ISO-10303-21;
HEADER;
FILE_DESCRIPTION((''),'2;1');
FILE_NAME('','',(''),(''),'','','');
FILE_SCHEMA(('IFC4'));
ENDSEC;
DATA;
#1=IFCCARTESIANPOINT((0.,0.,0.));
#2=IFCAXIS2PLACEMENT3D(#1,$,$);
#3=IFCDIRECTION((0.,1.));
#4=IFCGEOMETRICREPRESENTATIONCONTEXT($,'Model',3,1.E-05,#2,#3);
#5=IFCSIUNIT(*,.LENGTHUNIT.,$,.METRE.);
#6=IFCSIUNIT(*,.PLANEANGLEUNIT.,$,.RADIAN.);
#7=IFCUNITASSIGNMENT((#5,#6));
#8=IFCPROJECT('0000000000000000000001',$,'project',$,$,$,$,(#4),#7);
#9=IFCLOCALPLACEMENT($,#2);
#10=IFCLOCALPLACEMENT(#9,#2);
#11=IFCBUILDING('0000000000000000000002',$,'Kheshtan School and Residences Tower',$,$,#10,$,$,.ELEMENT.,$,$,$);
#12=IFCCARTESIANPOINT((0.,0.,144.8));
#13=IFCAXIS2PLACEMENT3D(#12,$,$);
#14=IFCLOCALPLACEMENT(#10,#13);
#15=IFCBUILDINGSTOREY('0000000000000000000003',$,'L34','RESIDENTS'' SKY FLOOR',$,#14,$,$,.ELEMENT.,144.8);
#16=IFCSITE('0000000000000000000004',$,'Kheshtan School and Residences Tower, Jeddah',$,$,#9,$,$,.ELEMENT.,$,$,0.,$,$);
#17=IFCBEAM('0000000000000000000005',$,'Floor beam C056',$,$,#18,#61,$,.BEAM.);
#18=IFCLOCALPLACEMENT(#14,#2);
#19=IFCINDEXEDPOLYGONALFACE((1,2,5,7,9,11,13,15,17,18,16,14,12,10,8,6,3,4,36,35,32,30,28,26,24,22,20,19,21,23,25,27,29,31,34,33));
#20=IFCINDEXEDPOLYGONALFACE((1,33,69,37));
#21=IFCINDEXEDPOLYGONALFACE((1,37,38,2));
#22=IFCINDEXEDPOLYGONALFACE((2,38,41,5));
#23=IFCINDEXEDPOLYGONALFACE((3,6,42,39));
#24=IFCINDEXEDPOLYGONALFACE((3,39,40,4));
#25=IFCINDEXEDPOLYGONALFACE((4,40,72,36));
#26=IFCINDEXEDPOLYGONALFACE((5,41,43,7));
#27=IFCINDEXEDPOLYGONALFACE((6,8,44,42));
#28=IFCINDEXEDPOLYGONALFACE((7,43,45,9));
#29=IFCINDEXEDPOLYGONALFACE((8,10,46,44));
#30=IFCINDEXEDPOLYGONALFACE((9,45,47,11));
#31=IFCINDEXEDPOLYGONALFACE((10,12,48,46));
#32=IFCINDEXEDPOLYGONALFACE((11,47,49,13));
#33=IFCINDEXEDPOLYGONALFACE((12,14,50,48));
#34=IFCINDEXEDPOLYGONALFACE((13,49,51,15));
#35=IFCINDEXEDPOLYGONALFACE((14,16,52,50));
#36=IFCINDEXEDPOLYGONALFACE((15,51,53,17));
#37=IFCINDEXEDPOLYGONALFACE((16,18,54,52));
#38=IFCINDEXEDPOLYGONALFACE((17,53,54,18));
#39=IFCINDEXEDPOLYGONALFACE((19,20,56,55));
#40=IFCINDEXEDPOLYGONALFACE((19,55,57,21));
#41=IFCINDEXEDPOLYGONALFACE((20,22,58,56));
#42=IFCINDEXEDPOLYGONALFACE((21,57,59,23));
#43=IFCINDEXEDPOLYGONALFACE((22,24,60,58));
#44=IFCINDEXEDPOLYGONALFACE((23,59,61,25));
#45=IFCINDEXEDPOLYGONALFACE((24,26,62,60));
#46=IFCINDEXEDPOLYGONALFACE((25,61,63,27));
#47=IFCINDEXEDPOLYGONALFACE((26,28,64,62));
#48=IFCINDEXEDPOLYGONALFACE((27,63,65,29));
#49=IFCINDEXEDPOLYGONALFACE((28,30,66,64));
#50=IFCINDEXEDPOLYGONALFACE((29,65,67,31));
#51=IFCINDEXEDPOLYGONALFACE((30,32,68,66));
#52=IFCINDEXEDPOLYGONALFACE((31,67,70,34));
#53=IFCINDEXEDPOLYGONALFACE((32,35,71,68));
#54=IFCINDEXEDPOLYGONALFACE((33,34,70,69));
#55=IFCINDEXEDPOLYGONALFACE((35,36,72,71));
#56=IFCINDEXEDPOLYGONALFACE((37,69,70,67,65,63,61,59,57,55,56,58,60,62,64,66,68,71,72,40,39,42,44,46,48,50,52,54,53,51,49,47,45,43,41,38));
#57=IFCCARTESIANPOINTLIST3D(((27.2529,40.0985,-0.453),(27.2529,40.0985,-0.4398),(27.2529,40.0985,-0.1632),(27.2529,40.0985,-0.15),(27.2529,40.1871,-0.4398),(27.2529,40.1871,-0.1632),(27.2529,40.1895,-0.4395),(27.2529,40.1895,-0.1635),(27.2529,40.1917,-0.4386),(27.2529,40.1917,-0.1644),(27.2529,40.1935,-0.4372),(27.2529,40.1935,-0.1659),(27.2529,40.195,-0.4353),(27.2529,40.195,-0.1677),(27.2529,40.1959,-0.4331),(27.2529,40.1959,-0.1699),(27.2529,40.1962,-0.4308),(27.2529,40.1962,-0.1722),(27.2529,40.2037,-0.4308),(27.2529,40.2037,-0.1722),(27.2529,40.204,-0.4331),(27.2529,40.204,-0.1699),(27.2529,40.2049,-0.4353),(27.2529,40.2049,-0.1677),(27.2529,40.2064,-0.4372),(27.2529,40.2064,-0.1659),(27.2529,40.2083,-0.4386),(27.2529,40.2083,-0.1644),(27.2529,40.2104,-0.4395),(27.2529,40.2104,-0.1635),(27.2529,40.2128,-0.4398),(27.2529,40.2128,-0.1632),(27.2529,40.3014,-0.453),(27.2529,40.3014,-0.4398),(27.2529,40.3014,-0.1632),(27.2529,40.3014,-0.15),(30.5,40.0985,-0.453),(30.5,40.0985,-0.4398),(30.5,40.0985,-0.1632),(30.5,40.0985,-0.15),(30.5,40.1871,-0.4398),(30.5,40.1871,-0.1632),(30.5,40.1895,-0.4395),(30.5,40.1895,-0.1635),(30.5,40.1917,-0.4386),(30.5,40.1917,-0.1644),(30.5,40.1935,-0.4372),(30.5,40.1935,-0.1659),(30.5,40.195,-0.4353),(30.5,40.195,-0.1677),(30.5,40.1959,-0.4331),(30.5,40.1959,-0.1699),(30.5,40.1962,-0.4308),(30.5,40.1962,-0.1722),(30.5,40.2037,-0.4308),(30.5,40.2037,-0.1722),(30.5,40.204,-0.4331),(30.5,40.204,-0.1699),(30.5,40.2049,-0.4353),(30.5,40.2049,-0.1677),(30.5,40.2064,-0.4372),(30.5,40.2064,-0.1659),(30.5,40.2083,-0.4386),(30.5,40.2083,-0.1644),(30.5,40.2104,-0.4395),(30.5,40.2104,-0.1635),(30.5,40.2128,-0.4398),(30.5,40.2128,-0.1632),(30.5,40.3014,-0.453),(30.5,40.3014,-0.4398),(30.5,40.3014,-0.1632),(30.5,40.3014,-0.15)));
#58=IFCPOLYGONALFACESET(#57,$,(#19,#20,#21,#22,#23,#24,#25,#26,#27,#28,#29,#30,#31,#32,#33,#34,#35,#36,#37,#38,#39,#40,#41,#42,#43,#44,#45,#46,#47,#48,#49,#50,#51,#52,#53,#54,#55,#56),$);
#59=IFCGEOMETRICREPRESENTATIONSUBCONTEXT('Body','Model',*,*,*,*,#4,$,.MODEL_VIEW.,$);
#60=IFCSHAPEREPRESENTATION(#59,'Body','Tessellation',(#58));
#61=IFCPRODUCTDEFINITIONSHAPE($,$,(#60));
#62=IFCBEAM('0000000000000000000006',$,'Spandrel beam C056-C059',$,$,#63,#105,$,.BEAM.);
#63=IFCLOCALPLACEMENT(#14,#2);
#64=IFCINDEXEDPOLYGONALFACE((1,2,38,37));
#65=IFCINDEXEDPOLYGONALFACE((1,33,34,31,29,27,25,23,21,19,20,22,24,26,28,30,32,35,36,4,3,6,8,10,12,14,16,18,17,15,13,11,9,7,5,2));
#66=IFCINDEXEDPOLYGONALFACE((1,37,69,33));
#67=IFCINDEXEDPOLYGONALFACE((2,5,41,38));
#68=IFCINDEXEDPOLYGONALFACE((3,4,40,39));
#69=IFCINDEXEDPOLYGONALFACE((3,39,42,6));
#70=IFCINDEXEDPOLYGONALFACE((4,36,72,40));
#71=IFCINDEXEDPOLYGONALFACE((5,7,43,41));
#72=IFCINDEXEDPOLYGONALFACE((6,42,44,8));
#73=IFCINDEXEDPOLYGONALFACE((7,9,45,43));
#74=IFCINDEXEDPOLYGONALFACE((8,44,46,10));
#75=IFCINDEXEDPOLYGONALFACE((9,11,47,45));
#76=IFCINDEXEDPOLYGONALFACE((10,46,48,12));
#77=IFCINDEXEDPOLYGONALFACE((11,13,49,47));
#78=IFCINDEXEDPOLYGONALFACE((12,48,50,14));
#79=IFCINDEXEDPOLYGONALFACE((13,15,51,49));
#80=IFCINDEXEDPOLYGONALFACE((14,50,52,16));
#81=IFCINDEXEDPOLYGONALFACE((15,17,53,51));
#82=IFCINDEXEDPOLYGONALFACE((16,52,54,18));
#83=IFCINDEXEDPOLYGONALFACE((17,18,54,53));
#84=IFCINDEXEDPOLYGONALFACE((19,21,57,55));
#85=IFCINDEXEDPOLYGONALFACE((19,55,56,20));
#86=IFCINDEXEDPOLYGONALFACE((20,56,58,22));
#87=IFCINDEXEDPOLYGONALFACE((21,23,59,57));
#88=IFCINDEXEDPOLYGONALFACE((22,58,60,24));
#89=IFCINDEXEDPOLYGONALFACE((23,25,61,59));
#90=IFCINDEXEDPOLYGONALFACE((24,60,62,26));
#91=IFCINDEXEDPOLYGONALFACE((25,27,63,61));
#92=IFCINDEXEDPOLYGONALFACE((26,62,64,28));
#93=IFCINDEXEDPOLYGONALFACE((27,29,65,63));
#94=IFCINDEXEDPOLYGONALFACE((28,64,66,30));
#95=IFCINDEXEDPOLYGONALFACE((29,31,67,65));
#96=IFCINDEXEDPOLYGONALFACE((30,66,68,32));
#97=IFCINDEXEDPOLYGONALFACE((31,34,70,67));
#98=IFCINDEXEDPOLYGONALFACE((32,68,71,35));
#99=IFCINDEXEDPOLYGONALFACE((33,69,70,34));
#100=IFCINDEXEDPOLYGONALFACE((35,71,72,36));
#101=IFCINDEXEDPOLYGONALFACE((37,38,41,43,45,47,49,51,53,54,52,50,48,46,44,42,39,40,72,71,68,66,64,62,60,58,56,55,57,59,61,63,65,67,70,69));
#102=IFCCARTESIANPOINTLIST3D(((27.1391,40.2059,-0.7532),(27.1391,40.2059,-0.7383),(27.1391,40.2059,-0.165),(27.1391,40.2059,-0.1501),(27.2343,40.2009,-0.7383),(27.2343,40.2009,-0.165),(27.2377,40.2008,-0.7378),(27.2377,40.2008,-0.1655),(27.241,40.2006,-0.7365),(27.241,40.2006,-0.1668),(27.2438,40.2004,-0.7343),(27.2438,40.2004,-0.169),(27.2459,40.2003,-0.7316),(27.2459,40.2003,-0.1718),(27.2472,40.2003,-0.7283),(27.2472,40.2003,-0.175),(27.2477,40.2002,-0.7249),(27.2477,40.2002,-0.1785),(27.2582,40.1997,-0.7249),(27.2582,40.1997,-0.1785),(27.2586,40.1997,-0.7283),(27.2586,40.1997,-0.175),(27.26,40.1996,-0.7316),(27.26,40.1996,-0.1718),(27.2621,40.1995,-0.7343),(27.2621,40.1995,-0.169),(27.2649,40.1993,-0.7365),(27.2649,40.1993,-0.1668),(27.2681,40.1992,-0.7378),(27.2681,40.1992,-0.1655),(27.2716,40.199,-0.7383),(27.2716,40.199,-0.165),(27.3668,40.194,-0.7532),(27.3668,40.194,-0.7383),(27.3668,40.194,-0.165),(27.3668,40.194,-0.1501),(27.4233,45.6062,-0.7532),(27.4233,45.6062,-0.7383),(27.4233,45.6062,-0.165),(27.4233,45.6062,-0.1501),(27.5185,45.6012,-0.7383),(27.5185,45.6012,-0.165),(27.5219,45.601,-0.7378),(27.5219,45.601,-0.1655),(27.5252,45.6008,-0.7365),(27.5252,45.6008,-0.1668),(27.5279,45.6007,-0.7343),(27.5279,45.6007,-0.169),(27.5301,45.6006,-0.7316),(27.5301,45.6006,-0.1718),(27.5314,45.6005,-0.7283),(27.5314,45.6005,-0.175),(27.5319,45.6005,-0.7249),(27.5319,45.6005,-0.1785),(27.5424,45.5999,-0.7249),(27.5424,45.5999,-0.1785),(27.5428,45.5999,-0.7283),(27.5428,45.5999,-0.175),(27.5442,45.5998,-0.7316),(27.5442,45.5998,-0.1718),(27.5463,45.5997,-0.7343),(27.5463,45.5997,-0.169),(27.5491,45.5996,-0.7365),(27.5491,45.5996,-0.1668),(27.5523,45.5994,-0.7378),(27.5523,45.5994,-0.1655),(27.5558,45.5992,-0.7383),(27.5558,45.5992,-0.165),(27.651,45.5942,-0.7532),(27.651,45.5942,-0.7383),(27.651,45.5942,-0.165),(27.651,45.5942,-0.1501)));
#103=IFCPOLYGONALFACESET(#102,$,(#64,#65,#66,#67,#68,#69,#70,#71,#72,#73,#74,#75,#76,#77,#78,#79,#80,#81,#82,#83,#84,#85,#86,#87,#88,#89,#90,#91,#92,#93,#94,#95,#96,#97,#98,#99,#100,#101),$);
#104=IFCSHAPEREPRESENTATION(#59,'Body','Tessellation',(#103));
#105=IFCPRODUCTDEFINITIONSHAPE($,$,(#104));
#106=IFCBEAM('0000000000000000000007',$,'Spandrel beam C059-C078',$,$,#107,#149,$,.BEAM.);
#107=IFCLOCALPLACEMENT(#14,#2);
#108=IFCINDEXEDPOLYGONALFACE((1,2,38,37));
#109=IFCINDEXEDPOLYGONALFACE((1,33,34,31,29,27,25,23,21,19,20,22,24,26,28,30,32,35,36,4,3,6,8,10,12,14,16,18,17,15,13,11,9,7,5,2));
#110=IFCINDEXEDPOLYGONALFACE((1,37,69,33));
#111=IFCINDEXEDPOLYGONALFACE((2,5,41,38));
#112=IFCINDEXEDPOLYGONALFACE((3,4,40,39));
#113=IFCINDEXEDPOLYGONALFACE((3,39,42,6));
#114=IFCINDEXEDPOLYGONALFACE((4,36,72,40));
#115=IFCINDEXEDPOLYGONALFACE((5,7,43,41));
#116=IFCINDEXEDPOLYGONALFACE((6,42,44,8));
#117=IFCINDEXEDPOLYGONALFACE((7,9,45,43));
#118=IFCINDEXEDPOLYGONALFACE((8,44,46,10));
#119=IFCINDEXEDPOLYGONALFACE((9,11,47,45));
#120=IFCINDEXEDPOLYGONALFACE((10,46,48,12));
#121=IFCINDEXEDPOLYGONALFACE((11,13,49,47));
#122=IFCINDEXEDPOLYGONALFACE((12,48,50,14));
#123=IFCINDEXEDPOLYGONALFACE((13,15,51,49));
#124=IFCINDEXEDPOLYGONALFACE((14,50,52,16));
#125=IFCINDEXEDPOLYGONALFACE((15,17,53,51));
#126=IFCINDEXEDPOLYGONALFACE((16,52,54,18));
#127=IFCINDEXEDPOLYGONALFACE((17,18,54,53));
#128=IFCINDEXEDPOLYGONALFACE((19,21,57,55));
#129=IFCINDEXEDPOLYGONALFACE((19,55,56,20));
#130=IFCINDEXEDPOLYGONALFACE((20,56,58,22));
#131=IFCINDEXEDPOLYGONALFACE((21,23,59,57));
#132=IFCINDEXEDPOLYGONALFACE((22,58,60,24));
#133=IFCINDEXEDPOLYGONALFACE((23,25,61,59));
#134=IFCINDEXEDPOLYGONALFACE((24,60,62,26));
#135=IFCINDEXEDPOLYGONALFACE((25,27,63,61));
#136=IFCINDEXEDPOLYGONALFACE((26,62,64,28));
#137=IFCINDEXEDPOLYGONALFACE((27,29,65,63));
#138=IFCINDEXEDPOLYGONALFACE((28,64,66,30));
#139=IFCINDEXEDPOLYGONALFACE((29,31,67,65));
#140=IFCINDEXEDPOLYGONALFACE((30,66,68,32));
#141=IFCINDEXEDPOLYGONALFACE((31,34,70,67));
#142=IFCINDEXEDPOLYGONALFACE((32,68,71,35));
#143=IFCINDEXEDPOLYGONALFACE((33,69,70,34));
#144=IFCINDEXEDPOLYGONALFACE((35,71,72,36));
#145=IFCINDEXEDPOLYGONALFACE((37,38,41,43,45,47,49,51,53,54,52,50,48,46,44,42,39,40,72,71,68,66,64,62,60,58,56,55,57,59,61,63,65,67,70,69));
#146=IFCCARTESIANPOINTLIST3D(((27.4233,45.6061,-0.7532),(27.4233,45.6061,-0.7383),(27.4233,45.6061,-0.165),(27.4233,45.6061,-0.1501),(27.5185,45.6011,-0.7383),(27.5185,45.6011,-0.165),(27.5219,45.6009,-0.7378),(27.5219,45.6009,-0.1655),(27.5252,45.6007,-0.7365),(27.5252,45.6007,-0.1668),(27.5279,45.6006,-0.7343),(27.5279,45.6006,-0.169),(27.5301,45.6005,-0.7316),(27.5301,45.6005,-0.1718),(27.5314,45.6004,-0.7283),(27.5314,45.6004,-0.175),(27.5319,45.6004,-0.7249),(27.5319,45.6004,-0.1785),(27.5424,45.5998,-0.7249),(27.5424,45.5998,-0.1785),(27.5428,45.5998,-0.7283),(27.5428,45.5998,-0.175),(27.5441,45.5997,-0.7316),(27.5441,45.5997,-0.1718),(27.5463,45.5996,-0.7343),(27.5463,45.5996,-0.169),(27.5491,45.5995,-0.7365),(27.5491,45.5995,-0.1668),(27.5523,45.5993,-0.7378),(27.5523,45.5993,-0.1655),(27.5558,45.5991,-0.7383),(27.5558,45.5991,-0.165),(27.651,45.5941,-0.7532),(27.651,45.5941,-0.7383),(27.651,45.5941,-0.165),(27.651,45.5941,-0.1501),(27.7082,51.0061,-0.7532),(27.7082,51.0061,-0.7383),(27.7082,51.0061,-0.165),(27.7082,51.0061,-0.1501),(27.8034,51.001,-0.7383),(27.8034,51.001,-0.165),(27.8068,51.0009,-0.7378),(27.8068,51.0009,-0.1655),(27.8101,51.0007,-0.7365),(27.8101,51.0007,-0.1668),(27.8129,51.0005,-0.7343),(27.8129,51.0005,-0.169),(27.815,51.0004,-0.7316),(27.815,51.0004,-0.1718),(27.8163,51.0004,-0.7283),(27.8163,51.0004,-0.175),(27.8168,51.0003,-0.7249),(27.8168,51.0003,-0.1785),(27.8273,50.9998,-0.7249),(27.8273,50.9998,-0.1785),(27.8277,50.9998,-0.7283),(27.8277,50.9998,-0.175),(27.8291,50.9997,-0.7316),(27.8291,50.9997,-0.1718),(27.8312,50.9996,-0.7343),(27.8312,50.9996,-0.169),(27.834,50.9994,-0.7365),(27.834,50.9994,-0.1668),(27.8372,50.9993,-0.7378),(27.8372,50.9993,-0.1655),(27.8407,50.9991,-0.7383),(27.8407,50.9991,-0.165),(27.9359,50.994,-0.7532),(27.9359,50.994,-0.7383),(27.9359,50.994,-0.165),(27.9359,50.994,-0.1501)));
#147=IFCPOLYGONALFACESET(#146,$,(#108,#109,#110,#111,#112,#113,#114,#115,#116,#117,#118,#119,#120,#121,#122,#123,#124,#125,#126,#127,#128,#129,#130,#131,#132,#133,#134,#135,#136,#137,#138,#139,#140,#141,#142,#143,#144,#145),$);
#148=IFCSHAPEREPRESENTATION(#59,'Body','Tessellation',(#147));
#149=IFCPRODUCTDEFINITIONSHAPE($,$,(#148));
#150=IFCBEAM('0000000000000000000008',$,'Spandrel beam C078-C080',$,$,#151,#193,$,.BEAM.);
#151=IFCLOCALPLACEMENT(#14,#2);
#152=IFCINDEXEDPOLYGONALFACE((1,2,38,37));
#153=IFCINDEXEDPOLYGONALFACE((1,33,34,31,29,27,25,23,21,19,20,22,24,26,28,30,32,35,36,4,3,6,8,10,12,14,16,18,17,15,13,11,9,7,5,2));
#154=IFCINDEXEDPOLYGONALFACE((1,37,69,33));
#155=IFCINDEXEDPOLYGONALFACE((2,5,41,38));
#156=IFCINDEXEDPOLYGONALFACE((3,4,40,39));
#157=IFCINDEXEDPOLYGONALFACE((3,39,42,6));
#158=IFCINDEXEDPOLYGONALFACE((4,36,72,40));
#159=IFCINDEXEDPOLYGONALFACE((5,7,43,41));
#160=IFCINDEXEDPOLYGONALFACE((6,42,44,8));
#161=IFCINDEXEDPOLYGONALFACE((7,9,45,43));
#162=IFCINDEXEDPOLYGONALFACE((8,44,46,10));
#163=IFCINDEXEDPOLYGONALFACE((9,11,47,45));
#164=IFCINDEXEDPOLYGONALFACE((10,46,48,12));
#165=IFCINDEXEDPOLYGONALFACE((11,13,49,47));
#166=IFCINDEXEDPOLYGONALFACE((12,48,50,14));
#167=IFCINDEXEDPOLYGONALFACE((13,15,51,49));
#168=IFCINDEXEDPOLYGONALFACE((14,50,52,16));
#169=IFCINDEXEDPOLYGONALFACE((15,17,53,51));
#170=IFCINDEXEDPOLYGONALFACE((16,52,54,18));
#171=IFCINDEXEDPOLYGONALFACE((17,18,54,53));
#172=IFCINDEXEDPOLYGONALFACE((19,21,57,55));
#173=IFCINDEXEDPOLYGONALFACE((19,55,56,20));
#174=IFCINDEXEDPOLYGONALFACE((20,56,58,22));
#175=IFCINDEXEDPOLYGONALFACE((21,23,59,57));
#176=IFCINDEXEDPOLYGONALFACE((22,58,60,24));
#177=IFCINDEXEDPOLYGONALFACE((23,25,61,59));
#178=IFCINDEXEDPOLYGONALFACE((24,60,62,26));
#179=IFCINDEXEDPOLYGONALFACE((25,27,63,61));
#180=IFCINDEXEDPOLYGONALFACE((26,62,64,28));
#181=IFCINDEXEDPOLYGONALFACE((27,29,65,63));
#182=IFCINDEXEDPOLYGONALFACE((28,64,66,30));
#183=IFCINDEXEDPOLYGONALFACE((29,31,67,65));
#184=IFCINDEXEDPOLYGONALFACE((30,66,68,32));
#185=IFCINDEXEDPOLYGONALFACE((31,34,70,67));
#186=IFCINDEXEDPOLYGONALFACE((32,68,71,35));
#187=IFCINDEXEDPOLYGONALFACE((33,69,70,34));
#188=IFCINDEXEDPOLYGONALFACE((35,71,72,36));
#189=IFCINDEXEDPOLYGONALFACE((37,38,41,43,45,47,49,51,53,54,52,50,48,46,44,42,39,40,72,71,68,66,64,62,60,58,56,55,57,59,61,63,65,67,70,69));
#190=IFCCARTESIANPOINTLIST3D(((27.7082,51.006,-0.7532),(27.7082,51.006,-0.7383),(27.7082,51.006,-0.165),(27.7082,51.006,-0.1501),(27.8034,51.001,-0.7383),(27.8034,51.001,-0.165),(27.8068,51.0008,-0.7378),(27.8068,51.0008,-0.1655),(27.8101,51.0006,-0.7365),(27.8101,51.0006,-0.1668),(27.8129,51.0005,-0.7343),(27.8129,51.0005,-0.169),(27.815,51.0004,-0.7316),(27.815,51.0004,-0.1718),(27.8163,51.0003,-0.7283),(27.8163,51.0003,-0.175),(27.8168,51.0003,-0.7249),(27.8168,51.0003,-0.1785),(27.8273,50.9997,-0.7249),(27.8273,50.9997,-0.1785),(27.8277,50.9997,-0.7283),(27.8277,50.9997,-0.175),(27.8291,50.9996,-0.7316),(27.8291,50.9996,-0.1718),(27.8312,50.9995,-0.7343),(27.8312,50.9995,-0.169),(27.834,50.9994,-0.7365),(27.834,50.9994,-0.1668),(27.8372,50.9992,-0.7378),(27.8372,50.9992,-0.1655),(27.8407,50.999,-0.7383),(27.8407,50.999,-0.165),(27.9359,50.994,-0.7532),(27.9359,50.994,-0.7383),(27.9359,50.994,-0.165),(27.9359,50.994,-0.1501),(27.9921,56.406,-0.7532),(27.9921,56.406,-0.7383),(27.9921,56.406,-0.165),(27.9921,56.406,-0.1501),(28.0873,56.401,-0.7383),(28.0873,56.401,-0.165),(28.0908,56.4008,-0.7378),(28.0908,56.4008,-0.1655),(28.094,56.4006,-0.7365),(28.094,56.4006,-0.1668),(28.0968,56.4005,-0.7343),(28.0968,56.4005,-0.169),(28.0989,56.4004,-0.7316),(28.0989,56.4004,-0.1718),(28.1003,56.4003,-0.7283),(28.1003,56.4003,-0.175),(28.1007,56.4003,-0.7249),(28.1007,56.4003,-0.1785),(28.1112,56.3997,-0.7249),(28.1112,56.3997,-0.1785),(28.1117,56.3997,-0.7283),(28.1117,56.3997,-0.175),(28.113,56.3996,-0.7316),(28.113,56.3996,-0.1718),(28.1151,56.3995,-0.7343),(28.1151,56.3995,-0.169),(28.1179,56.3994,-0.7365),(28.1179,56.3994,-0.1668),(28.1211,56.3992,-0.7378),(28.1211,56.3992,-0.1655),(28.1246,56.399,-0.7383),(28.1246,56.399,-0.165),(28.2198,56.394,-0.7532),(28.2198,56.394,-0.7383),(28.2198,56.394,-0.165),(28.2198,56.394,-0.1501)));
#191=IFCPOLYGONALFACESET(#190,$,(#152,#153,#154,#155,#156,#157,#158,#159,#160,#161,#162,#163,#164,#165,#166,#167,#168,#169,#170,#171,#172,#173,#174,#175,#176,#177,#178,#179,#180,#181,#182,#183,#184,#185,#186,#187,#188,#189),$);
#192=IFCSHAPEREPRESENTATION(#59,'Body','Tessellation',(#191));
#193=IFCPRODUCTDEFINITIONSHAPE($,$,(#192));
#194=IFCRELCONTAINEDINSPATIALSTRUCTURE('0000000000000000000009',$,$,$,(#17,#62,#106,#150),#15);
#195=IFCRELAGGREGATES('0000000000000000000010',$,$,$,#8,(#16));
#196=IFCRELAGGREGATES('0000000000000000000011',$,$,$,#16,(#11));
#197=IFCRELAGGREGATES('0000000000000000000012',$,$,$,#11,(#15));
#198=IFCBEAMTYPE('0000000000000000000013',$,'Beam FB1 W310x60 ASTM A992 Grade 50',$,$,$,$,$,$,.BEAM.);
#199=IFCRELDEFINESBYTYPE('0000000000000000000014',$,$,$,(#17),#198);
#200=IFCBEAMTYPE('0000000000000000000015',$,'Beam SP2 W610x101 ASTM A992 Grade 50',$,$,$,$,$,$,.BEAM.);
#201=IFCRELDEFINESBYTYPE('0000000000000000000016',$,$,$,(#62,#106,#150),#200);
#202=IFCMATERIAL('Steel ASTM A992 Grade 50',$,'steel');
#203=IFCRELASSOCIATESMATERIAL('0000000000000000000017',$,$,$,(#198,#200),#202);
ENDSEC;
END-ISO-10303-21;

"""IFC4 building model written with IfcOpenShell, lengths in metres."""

from ifc_helpers import new_model, si_unit, direction, frame, origin, origin_2d, place, context, subcontext, project, spatial, i_section, extrude, material, material_profile, profile_set, type_object, element, save


model = new_model("IFC4")

# Units and contexts
model_context = context("Model", 3, precision=1e-05, world=origin(), true_north=direction((0.0, 1.0)))
body_context = subcontext(model_context, "Body", "Model", "MODEL_VIEW")
ifc_project = project(units=[si_unit("LENGTHUNIT", "METRE"), si_unit("PLANEANGLEUNIT", "RADIAN")], contexts=[model_context])

# Site, building, storey
site_placement = place(None, origin())
site = spatial("IfcSite", under=ifc_project, at=site_placement, Name="Kheshtan School and Residences Tower, Jeddah", CompositionType="ELEMENT", RefElevation=0.0)
building_placement = place(site_placement, origin())
building = spatial("IfcBuilding", under=site, at=building_placement, Name="Kheshtan School and Residences Tower", CompositionType="ELEMENT")
storey_placement = place(building_placement, frame((0.0, 0.0, 144.8)))
storey = spatial("IfcBuildingStorey", under=building, at=storey_placement, Name="L34", Description="RESIDENTS' SKY FLOOR", CompositionType="ELEMENT", Elevation=144.8)

# Shared definitions
ifc_material_1 = material(Name="Steel ASTM A992 Grade 50", Category="steel")

# Beams
ifc_material_profile_1 = material_profile(ifc_material_1, i_section(OverallWidth=0.2029, OverallDepth=0.303, WebThickness=0.0076, FlangeThickness=0.0132, FilletRadius=0.009, at=origin_2d()), Name="W310x60")
ifc_profile_set_1 = profile_set([ifc_material_profile_1], Name="Steel ASTM A992 Grade 50")
beam_type_1 = type_object("IfcBeamType", Name="Beam FB1 W310x60 ASTM A992 Grade 50", PredefinedType="BEAM", material=ifc_profile_set_1)
beam_1_placement = place(storey_placement, frame((27.2529, 40.2, -0.3015), z_axis=(1.0, 0.0, 0.0), x_axis=(0.0, 1.0, 0.0)))
element("IfcBeam", 1, at=beam_1_placement, inside=storey, type_object=beam_type_1, Name="Floor beam C056", PredefinedType="BEAM", context=body_context, shape_type="SweptSolid", body=[
    extrude(i_section(OverallWidth=0.2029, OverallDepth=0.303, WebThickness=0.0076, FlangeThickness=0.0132, FilletRadius=0.009, at=origin_2d()), origin(), (0.0, 0.0, 1.0), 3.2471),
])
ifc_material_profile_2 = material_profile(ifc_material_1, i_section(OverallWidth=0.228, OverallDepth=0.603, WebThickness=0.0105, FlangeThickness=0.0149, FilletRadius=0.0134, at=origin_2d()), Name="W610x101")
ifc_profile_set_2 = profile_set([ifc_material_profile_2], Name="Steel ASTM A992 Grade 50")
beam_type_2 = type_object("IfcBeamType", Name="Beam SP2 W610x101 ASTM A992 Grade 50", PredefinedType="BEAM", material=ifc_profile_set_2)
beam_2_placement = place(storey_placement, frame((27.2529, 40.2, -0.4517), z_axis=(0.052552, 0.998618, 0.0), x_axis=(-0.998618, 0.052552, 0.0)))
element("IfcBeam", 2, at=beam_2_placement, inside=storey, type_object=beam_type_2, Name="Spandrel beam C056-C059", PredefinedType="BEAM", context=body_context, shape_type="SweptSolid", body=[
    extrude(i_section(OverallWidth=0.228, OverallDepth=0.603, WebThickness=0.0105, FlangeThickness=0.0149, FilletRadius=0.0134, at=origin_2d()), origin(), (0.0, 0.0, 1.0), 5.4077),
])
for number, where, z_axis, x_axis, name in (
    (3, (27.5371, 45.6001, -0.4517), (0.052689, 0.998611, 0.0), (-0.998611, 0.052689, 0.0), "Spandrel beam C059-C078"),
    (4, (27.822, 51.0, -0.4517), (0.052509, 0.99862, 0.0), (-0.99862, 0.052509, 0.0), "Spandrel beam C078-C080"),
):
    element("IfcBeam", number, at=place(storey_placement, frame(where, z_axis=z_axis, x_axis=x_axis)), inside=storey, type_object=beam_type_2, Name=name, PredefinedType="BEAM", context=body_context, shape_type="SweptSolid", body=[
        extrude(i_section(OverallWidth=0.228, OverallDepth=0.603, WebThickness=0.0105, FlangeThickness=0.0149, FilletRadius=0.0134, at=origin_2d()), origin(), (0.0, 0.0, 1.0), 5.4075),
    ])

save(model, "model.ifc")
